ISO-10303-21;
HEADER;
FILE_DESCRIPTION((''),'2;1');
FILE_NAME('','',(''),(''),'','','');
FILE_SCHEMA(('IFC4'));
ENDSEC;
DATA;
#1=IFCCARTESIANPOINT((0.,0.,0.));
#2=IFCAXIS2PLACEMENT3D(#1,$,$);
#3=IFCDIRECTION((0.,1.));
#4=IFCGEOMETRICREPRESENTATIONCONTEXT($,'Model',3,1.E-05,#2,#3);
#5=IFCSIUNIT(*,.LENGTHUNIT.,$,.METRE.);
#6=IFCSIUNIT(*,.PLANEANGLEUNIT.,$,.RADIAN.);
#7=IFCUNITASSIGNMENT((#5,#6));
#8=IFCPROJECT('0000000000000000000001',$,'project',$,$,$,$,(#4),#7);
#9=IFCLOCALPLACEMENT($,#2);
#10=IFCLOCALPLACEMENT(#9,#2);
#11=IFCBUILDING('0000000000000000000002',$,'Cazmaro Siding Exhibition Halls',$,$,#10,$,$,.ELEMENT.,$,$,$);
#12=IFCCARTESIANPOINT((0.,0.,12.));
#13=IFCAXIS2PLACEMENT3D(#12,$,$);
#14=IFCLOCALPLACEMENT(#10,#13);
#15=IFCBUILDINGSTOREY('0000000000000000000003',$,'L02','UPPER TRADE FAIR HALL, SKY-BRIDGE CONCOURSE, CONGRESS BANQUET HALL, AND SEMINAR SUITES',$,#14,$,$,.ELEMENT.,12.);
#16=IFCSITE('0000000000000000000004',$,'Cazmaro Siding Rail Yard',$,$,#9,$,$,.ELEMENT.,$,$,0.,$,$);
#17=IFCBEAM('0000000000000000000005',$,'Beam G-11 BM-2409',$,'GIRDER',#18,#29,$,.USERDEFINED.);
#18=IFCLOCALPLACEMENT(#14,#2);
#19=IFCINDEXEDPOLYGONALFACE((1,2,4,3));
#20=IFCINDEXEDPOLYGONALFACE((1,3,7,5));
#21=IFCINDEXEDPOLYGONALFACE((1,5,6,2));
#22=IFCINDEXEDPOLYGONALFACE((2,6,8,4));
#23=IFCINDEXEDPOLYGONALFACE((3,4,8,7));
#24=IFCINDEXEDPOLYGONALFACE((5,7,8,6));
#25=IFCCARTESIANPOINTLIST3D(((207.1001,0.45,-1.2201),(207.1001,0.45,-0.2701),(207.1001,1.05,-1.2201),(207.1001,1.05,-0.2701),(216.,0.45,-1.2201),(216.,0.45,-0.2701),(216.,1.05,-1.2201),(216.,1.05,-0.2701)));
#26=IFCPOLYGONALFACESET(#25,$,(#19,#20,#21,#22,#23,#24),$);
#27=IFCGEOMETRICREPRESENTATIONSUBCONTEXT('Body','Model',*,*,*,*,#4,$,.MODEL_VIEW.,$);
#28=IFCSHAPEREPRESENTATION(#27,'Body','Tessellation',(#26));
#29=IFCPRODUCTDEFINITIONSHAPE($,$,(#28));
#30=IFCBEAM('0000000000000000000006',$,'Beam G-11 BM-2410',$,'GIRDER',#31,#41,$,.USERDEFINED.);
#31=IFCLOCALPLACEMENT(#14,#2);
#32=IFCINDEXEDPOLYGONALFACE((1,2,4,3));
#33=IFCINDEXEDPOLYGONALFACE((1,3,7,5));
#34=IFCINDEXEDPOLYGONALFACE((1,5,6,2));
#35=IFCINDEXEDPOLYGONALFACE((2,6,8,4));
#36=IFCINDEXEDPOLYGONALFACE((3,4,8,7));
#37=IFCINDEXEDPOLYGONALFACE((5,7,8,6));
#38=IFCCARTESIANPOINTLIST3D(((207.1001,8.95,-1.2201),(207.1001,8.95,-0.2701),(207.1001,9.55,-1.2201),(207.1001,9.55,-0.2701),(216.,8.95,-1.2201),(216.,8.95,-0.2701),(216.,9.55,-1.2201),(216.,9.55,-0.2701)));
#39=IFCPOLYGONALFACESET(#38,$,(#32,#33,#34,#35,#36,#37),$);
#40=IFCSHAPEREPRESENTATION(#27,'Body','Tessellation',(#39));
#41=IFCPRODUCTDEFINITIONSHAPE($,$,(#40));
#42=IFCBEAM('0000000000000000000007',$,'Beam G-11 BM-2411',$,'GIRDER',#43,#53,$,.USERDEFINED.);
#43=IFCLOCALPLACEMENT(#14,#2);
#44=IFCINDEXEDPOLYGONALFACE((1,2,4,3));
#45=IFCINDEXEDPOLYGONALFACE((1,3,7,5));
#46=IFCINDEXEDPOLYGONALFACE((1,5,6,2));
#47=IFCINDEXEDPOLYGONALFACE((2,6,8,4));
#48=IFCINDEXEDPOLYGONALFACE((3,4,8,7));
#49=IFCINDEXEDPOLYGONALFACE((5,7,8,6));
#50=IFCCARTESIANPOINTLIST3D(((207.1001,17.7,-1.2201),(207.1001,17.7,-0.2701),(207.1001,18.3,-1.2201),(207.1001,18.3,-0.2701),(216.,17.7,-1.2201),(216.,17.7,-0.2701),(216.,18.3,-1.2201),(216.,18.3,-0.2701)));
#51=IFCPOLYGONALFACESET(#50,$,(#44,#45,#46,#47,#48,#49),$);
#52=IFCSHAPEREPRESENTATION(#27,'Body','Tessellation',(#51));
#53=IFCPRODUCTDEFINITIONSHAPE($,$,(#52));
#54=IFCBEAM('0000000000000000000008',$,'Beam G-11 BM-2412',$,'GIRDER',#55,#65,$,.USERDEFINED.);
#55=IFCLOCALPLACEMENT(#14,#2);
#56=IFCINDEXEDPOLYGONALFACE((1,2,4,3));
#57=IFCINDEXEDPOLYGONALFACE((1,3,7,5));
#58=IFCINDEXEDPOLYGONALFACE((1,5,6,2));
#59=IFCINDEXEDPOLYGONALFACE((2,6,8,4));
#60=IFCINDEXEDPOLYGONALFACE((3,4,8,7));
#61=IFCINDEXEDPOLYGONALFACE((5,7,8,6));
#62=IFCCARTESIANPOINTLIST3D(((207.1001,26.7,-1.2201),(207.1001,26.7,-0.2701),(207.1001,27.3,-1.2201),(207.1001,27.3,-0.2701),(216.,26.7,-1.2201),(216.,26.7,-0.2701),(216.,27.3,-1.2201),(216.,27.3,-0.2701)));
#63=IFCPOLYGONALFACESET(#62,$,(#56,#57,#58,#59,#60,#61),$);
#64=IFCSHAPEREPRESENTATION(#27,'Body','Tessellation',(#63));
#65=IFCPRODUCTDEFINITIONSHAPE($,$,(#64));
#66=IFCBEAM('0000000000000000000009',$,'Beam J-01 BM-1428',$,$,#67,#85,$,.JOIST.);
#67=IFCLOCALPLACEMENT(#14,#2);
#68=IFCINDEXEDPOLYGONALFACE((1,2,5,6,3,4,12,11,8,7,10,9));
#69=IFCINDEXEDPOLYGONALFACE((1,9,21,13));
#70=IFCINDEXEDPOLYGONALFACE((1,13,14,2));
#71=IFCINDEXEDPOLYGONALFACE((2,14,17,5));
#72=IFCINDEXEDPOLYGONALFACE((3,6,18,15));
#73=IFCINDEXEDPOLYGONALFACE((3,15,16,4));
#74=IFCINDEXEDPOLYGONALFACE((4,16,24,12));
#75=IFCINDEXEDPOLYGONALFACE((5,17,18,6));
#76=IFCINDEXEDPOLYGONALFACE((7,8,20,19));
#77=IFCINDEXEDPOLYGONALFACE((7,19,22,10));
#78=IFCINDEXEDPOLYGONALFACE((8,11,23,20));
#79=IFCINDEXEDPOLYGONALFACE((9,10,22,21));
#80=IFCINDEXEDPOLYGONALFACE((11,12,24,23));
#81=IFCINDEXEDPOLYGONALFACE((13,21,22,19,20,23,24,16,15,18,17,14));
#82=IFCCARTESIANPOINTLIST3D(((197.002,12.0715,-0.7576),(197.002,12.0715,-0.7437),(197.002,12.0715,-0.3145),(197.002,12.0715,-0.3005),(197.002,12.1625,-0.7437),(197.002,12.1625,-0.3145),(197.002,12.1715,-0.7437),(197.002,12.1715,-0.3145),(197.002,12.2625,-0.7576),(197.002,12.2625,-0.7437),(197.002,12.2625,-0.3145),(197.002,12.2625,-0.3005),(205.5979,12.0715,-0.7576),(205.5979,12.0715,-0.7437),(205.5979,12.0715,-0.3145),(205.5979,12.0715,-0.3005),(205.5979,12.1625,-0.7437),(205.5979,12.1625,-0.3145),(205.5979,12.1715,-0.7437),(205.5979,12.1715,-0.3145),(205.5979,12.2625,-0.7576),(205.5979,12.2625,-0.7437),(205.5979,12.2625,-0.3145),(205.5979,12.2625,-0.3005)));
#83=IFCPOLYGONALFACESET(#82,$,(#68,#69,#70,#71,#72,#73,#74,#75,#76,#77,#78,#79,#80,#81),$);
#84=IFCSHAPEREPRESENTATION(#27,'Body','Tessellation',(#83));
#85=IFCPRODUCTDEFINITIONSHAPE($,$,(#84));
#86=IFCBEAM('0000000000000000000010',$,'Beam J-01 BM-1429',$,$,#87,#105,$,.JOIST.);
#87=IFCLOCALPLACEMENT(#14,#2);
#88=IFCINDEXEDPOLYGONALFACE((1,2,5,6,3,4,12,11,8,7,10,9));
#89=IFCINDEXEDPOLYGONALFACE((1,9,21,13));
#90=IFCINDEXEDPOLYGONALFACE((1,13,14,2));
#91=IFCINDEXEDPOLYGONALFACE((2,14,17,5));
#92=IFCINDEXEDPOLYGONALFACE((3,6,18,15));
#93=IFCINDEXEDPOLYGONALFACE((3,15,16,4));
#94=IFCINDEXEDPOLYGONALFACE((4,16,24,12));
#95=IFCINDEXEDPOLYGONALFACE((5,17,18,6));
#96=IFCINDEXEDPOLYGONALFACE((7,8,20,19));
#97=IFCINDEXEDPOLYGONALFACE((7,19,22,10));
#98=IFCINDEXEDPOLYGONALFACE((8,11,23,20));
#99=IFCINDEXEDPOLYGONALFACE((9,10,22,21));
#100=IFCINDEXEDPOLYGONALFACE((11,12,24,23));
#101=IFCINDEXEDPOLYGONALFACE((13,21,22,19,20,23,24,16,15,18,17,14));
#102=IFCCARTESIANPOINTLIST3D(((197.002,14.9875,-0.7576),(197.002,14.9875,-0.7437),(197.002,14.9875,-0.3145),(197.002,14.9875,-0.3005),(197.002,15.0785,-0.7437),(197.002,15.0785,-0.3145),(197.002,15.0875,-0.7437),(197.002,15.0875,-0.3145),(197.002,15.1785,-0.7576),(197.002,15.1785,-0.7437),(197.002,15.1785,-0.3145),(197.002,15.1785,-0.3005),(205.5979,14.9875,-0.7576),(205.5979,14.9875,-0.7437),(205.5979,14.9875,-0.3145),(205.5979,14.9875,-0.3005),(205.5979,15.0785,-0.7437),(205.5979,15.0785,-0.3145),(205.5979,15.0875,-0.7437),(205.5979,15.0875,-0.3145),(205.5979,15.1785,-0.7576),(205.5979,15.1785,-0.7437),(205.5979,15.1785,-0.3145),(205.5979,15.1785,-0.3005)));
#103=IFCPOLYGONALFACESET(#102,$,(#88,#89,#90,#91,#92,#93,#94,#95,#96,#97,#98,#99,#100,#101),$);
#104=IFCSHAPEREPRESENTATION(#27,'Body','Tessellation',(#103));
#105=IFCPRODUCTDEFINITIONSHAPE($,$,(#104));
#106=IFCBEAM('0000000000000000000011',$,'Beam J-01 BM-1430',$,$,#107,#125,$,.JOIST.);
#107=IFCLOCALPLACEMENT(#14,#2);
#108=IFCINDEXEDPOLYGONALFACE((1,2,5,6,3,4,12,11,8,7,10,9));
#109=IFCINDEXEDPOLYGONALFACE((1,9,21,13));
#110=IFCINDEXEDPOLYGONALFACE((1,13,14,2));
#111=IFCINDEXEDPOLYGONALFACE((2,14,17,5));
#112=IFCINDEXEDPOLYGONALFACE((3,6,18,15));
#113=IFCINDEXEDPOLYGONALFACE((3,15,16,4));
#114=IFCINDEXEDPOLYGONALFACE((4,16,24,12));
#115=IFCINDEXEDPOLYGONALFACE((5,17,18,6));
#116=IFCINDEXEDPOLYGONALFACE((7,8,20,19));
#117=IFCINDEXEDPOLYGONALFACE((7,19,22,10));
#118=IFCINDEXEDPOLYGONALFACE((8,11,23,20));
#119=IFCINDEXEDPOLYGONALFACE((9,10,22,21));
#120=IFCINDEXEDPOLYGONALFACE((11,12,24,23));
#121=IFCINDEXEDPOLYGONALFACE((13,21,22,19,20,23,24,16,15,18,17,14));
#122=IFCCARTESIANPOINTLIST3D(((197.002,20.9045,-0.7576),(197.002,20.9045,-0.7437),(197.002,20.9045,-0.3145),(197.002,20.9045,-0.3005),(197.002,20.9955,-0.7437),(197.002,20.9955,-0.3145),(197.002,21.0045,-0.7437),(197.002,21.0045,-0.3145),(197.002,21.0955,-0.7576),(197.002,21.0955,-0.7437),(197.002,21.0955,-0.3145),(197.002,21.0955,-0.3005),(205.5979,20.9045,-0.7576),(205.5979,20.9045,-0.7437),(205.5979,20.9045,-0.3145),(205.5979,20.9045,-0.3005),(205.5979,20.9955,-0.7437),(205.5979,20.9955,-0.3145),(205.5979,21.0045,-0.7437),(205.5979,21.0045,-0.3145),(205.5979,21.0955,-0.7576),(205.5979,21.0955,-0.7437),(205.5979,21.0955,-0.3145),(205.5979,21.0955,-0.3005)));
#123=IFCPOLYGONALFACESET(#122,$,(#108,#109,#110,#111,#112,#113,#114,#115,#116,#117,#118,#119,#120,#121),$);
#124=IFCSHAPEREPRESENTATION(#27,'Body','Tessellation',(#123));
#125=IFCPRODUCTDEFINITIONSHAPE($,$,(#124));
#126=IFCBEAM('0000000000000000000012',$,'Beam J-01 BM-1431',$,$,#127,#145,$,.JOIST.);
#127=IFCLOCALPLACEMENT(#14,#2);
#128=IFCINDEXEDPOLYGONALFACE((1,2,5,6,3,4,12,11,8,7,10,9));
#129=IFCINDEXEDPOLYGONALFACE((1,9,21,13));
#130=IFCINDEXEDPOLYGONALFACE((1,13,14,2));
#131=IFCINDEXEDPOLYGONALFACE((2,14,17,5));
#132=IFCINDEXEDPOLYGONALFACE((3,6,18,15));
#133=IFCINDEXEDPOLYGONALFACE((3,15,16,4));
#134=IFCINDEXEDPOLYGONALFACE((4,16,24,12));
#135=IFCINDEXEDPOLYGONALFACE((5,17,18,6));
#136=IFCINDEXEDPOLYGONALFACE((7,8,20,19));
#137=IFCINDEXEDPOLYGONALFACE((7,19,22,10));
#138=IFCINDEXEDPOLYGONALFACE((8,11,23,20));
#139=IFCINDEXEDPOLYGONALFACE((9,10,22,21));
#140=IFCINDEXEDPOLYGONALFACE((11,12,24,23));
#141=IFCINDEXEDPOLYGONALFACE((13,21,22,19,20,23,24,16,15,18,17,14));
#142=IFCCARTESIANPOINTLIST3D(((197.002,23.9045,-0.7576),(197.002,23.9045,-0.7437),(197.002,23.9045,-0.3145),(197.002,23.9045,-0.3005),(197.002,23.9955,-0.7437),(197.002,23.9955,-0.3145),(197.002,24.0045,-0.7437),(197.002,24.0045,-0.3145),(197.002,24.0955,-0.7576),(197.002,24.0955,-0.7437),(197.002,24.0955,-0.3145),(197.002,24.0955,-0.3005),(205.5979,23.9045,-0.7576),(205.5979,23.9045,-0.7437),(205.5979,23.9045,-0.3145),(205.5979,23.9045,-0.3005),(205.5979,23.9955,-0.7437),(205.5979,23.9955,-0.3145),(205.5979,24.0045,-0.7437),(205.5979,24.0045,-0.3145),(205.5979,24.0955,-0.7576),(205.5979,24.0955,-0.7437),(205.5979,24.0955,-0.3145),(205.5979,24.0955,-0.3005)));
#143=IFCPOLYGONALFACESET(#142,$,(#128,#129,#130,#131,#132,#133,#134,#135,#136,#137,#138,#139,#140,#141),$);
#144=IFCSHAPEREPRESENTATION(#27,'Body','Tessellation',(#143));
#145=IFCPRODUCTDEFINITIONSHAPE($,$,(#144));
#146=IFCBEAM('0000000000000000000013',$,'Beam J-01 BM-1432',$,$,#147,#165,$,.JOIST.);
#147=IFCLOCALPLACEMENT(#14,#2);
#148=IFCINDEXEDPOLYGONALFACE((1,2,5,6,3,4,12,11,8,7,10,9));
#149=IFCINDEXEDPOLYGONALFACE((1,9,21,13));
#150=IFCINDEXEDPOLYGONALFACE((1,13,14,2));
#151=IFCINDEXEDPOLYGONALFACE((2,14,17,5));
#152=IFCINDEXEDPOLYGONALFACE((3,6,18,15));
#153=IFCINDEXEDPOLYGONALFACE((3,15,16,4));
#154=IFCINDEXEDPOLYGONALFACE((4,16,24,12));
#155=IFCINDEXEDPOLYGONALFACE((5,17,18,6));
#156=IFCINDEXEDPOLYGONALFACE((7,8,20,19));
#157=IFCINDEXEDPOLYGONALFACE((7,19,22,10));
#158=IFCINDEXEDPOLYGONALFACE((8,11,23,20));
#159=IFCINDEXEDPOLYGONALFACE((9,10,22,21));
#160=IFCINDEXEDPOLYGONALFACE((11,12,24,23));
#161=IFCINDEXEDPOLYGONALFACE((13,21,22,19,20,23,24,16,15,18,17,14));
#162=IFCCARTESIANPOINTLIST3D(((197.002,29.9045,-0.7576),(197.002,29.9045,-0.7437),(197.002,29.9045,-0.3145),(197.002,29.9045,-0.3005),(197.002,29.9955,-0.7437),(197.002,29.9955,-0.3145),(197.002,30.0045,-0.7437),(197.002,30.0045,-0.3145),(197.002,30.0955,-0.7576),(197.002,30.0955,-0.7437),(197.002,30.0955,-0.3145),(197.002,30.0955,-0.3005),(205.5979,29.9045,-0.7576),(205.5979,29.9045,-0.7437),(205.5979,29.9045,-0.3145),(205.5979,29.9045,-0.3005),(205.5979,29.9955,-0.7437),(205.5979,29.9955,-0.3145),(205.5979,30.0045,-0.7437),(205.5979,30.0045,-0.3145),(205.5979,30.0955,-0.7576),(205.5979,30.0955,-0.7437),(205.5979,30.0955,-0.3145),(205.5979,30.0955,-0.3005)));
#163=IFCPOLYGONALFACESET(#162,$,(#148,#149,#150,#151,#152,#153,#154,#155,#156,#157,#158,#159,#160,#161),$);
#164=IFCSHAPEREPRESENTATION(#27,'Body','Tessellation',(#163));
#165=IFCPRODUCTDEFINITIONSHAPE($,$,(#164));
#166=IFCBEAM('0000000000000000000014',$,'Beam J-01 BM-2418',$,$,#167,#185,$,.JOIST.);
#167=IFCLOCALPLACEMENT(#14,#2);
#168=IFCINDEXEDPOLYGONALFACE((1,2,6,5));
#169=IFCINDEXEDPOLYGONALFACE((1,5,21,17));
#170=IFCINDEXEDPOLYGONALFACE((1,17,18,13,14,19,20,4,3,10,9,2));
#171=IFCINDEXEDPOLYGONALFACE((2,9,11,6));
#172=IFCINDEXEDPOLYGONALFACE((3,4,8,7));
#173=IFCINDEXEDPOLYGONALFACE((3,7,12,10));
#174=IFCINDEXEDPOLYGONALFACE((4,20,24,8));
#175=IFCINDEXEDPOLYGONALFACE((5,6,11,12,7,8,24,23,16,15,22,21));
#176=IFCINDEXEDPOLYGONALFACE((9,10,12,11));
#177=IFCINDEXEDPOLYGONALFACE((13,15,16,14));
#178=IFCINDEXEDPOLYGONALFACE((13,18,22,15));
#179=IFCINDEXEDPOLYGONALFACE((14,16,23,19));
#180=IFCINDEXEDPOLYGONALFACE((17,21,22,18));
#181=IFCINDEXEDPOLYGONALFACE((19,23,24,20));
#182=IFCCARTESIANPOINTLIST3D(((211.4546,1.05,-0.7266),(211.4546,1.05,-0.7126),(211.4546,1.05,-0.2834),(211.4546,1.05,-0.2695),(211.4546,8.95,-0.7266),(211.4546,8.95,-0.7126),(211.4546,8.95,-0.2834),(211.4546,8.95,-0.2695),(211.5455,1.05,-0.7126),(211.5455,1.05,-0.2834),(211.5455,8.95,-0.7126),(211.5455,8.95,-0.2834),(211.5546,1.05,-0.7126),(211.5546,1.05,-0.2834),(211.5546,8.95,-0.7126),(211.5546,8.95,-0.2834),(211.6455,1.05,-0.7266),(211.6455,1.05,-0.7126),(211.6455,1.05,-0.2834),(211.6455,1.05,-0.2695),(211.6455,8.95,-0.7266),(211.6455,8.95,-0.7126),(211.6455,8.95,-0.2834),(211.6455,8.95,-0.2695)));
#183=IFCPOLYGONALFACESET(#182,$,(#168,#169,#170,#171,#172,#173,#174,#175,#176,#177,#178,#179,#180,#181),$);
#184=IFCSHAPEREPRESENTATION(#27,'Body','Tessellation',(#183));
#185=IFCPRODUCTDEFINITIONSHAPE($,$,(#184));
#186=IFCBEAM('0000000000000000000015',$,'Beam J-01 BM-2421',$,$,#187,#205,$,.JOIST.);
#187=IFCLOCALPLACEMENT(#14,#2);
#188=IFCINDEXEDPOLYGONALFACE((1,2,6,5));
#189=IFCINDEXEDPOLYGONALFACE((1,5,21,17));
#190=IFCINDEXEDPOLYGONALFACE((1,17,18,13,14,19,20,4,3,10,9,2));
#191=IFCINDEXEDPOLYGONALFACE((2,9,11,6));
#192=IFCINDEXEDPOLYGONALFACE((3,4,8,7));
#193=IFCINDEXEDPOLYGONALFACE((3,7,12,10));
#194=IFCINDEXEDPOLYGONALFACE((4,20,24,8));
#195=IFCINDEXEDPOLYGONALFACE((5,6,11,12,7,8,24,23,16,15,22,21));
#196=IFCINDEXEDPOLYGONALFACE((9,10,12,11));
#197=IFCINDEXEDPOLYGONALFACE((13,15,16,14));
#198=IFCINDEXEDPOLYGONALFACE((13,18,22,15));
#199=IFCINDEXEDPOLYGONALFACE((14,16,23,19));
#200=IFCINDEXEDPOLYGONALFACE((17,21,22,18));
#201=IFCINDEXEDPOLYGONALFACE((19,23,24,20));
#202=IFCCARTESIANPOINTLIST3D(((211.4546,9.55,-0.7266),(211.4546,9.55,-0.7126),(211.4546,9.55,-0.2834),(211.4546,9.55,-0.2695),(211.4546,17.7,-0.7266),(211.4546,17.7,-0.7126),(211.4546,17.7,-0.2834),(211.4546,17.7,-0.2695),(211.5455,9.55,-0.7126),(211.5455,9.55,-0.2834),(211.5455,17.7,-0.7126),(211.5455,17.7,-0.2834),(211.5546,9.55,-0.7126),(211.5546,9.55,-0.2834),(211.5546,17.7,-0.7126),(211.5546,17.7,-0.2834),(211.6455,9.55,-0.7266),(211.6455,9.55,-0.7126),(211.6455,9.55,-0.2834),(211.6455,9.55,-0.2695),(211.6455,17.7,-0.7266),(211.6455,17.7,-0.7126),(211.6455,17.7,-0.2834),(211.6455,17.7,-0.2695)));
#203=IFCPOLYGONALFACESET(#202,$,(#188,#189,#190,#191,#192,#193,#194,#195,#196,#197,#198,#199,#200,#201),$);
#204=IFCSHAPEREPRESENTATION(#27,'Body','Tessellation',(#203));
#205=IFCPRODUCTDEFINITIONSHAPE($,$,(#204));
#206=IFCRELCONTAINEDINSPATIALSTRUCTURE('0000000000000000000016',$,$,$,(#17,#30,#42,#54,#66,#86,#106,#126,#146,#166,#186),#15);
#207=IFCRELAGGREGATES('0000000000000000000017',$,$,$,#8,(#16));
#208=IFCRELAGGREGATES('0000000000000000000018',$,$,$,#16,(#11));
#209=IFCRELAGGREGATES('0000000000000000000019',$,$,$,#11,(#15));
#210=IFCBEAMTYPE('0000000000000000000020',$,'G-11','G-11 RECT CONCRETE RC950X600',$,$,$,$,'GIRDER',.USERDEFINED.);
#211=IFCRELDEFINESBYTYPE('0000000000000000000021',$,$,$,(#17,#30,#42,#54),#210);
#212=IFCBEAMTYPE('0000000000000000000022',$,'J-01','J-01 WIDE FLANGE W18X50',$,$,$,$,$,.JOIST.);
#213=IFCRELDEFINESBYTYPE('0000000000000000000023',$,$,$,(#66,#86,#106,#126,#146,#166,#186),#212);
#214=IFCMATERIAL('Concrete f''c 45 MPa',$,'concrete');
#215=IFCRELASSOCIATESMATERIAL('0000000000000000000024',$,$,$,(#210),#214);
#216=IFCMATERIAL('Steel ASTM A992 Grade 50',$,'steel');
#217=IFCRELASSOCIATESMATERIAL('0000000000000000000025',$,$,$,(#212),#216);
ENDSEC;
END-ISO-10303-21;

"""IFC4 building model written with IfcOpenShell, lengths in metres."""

from ifc_helpers import new_model, si_unit, direction, frame, origin, origin_2d, place, context, subcontext, project, spatial, rectangle, i_section, extrude, material, material_profile, profile_set, type_object, element, save


model = new_model("IFC4")

# Units and contexts
model_context = context("Model", 3, precision=1e-05, world=origin(), true_north=direction((0.0, 1.0)))
body_context = subcontext(model_context, "Body", "Model", "MODEL_VIEW")
ifc_project = project(units=[si_unit("LENGTHUNIT", "METRE"), si_unit("PLANEANGLEUNIT", "RADIAN")], contexts=[model_context])

# Site, building, storey
site_placement = place(None, origin())
site = spatial("IfcSite", under=ifc_project, at=site_placement, Name="Cazmaro Siding Rail Yard", CompositionType="ELEMENT", RefElevation=0.0)
building_placement = place(site_placement, origin())
building = spatial("IfcBuilding", under=site, at=building_placement, Name="Cazmaro Siding Exhibition Halls", CompositionType="ELEMENT")
storey_placement = place(building_placement, frame((0.0, 0.0, 12.0)))
storey = spatial("IfcBuildingStorey", under=building, at=storey_placement, Name="L02", Description="UPPER TRADE FAIR HALL, SKY-BRIDGE CONCOURSE, CONGRESS BANQUET HALL, AND SEMINAR SUITES", CompositionType="ELEMENT", Elevation=12.0)

# Beams
ifc_material_1 = material(Name="Concrete f'c 45 MPa", Category="concrete")
ifc_material_profile_1 = material_profile(ifc_material_1, rectangle(XDim=0.6001, YDim=0.95, at=origin_2d()), Name="RC950X600")
ifc_profile_set_1 = profile_set([ifc_material_profile_1], Name="Concrete f'c 45 MPa")
beam_type_1 = type_object("IfcBeamType", Name="G-11", Description="G-11 RECT CONCRETE RC950X600", ElementType="GIRDER", PredefinedType="USERDEFINED", material=ifc_profile_set_1)
for number, where, z_axis, x_axis, name in (
    (1, (207.1001, 0.75, -0.7451), (1.0, 0.0, 0.0), (0.0, 1.0, 0.0), "Beam G-11 BM-2409"),
    (2, (207.1001, 9.25, -0.7451), (1.0, 0.0, 0.0), (0.0, 1.0, 0.0), "Beam G-11 BM-2410"),
    (3, (207.1001, 18.0, -0.7451), (1.0, 0.0, 0.0), (0.0, 1.0, 0.0), "Beam G-11 BM-2411"),
    (4, (207.1001, 27.0, -0.7451), (1.0, 0.0, 0.0), (0.0, 1.0, 0.0), "Beam G-11 BM-2412"),
):
    element("IfcBeam", number, at=place(storey_placement, frame(where, z_axis=z_axis, x_axis=x_axis)), inside=storey, type_object=beam_type_1, Name=name, ObjectType="GIRDER", PredefinedType="USERDEFINED", context=body_context, shape_type="SweptSolid", body=[
        extrude(rectangle(XDim=0.6001, YDim=0.95, at=origin_2d()), origin(), (0.0, 0.0, 1.0), 8.8999),
    ])
ifc_material_2 = material(Name="Steel ASTM A992 Grade 50", Category="steel")
ifc_material_profile_2 = material_profile(ifc_material_2, i_section(OverallWidth=0.1909, OverallDepth=0.457, WebThickness=0.009, FlangeThickness=0.0139, at=origin_2d()), Name="W18X50")
ifc_profile_set_2 = profile_set([ifc_material_profile_2], Name="Steel ASTM A992 Grade 50")
beam_type_2 = type_object("IfcBeamType", Name="J-01", Description="J-01 WIDE FLANGE W18X50", PredefinedType="JOIST", material=ifc_profile_set_2)
for number, where, z_axis, x_axis, name in (
    (5, (197.002, 12.167, -0.5291), (1.0, 0.0, 0.0), (0.0, 1.0, 0.0), "Beam J-01 BM-1428"),
    (6, (197.002, 15.083, -0.5291), (1.0, 0.0, 0.0), (0.0, 1.0, 0.0), "Beam J-01 BM-1429"),
    (7, (197.002, 21.0, -0.5291), (1.0, 0.0, 0.0), (0.0, 1.0, 0.0), "Beam J-01 BM-1430"),
    (8, (197.002, 24.0, -0.5291), (1.0, 0.0, 0.0), (0.0, 1.0, 0.0), "Beam J-01 BM-1431"),
    (9, (197.002, 30.0, -0.5291), (1.0, 0.0, 0.0), (0.0, 1.0, 0.0), "Beam J-01 BM-1432"),
):
    element("IfcBeam", number, at=place(storey_placement, frame(where, z_axis=z_axis, x_axis=x_axis)), inside=storey, type_object=beam_type_2, Name=name, PredefinedType="JOIST", context=body_context, shape_type="SweptSolid", body=[
        extrude(i_section(OverallWidth=0.1909, OverallDepth=0.457, WebThickness=0.009, FlangeThickness=0.0139, at=origin_2d()), origin(), (0.0, 0.0, 1.0), 8.5959),
    ])
beam_1_placement = place(storey_placement, frame((211.55, 1.05, -0.498), z_axis=(0.0, 1.0, 0.0), x_axis=(-1.0, 0.0, 0.0)))
element("IfcBeam", 10, at=beam_1_placement, inside=storey, type_object=beam_type_2, Name="Beam J-01 BM-2418", PredefinedType="JOIST", context=body_context, shape_type="SweptSolid", body=[
    extrude(i_section(OverallWidth=0.1909, OverallDepth=0.457, WebThickness=0.009, FlangeThickness=0.0139, at=origin_2d()), origin(), (0.0, 0.0, 1.0), 7.8999),
])
beam_2_placement = place(storey_placement, frame((211.55, 9.55, -0.498), z_axis=(0.0, 1.0, 0.0), x_axis=(-1.0, 0.0, 0.0)))
element("IfcBeam", 11, at=beam_2_placement, inside=storey, type_object=beam_type_2, Name="Beam J-01 BM-2421", PredefinedType="JOIST", context=body_context, shape_type="SweptSolid", body=[
    extrude(i_section(OverallWidth=0.1909, OverallDepth=0.457, WebThickness=0.009, FlangeThickness=0.0139, at=origin_2d()), origin(), (0.0, 0.0, 1.0), 8.1499),
])

save(model, "model.ifc")
